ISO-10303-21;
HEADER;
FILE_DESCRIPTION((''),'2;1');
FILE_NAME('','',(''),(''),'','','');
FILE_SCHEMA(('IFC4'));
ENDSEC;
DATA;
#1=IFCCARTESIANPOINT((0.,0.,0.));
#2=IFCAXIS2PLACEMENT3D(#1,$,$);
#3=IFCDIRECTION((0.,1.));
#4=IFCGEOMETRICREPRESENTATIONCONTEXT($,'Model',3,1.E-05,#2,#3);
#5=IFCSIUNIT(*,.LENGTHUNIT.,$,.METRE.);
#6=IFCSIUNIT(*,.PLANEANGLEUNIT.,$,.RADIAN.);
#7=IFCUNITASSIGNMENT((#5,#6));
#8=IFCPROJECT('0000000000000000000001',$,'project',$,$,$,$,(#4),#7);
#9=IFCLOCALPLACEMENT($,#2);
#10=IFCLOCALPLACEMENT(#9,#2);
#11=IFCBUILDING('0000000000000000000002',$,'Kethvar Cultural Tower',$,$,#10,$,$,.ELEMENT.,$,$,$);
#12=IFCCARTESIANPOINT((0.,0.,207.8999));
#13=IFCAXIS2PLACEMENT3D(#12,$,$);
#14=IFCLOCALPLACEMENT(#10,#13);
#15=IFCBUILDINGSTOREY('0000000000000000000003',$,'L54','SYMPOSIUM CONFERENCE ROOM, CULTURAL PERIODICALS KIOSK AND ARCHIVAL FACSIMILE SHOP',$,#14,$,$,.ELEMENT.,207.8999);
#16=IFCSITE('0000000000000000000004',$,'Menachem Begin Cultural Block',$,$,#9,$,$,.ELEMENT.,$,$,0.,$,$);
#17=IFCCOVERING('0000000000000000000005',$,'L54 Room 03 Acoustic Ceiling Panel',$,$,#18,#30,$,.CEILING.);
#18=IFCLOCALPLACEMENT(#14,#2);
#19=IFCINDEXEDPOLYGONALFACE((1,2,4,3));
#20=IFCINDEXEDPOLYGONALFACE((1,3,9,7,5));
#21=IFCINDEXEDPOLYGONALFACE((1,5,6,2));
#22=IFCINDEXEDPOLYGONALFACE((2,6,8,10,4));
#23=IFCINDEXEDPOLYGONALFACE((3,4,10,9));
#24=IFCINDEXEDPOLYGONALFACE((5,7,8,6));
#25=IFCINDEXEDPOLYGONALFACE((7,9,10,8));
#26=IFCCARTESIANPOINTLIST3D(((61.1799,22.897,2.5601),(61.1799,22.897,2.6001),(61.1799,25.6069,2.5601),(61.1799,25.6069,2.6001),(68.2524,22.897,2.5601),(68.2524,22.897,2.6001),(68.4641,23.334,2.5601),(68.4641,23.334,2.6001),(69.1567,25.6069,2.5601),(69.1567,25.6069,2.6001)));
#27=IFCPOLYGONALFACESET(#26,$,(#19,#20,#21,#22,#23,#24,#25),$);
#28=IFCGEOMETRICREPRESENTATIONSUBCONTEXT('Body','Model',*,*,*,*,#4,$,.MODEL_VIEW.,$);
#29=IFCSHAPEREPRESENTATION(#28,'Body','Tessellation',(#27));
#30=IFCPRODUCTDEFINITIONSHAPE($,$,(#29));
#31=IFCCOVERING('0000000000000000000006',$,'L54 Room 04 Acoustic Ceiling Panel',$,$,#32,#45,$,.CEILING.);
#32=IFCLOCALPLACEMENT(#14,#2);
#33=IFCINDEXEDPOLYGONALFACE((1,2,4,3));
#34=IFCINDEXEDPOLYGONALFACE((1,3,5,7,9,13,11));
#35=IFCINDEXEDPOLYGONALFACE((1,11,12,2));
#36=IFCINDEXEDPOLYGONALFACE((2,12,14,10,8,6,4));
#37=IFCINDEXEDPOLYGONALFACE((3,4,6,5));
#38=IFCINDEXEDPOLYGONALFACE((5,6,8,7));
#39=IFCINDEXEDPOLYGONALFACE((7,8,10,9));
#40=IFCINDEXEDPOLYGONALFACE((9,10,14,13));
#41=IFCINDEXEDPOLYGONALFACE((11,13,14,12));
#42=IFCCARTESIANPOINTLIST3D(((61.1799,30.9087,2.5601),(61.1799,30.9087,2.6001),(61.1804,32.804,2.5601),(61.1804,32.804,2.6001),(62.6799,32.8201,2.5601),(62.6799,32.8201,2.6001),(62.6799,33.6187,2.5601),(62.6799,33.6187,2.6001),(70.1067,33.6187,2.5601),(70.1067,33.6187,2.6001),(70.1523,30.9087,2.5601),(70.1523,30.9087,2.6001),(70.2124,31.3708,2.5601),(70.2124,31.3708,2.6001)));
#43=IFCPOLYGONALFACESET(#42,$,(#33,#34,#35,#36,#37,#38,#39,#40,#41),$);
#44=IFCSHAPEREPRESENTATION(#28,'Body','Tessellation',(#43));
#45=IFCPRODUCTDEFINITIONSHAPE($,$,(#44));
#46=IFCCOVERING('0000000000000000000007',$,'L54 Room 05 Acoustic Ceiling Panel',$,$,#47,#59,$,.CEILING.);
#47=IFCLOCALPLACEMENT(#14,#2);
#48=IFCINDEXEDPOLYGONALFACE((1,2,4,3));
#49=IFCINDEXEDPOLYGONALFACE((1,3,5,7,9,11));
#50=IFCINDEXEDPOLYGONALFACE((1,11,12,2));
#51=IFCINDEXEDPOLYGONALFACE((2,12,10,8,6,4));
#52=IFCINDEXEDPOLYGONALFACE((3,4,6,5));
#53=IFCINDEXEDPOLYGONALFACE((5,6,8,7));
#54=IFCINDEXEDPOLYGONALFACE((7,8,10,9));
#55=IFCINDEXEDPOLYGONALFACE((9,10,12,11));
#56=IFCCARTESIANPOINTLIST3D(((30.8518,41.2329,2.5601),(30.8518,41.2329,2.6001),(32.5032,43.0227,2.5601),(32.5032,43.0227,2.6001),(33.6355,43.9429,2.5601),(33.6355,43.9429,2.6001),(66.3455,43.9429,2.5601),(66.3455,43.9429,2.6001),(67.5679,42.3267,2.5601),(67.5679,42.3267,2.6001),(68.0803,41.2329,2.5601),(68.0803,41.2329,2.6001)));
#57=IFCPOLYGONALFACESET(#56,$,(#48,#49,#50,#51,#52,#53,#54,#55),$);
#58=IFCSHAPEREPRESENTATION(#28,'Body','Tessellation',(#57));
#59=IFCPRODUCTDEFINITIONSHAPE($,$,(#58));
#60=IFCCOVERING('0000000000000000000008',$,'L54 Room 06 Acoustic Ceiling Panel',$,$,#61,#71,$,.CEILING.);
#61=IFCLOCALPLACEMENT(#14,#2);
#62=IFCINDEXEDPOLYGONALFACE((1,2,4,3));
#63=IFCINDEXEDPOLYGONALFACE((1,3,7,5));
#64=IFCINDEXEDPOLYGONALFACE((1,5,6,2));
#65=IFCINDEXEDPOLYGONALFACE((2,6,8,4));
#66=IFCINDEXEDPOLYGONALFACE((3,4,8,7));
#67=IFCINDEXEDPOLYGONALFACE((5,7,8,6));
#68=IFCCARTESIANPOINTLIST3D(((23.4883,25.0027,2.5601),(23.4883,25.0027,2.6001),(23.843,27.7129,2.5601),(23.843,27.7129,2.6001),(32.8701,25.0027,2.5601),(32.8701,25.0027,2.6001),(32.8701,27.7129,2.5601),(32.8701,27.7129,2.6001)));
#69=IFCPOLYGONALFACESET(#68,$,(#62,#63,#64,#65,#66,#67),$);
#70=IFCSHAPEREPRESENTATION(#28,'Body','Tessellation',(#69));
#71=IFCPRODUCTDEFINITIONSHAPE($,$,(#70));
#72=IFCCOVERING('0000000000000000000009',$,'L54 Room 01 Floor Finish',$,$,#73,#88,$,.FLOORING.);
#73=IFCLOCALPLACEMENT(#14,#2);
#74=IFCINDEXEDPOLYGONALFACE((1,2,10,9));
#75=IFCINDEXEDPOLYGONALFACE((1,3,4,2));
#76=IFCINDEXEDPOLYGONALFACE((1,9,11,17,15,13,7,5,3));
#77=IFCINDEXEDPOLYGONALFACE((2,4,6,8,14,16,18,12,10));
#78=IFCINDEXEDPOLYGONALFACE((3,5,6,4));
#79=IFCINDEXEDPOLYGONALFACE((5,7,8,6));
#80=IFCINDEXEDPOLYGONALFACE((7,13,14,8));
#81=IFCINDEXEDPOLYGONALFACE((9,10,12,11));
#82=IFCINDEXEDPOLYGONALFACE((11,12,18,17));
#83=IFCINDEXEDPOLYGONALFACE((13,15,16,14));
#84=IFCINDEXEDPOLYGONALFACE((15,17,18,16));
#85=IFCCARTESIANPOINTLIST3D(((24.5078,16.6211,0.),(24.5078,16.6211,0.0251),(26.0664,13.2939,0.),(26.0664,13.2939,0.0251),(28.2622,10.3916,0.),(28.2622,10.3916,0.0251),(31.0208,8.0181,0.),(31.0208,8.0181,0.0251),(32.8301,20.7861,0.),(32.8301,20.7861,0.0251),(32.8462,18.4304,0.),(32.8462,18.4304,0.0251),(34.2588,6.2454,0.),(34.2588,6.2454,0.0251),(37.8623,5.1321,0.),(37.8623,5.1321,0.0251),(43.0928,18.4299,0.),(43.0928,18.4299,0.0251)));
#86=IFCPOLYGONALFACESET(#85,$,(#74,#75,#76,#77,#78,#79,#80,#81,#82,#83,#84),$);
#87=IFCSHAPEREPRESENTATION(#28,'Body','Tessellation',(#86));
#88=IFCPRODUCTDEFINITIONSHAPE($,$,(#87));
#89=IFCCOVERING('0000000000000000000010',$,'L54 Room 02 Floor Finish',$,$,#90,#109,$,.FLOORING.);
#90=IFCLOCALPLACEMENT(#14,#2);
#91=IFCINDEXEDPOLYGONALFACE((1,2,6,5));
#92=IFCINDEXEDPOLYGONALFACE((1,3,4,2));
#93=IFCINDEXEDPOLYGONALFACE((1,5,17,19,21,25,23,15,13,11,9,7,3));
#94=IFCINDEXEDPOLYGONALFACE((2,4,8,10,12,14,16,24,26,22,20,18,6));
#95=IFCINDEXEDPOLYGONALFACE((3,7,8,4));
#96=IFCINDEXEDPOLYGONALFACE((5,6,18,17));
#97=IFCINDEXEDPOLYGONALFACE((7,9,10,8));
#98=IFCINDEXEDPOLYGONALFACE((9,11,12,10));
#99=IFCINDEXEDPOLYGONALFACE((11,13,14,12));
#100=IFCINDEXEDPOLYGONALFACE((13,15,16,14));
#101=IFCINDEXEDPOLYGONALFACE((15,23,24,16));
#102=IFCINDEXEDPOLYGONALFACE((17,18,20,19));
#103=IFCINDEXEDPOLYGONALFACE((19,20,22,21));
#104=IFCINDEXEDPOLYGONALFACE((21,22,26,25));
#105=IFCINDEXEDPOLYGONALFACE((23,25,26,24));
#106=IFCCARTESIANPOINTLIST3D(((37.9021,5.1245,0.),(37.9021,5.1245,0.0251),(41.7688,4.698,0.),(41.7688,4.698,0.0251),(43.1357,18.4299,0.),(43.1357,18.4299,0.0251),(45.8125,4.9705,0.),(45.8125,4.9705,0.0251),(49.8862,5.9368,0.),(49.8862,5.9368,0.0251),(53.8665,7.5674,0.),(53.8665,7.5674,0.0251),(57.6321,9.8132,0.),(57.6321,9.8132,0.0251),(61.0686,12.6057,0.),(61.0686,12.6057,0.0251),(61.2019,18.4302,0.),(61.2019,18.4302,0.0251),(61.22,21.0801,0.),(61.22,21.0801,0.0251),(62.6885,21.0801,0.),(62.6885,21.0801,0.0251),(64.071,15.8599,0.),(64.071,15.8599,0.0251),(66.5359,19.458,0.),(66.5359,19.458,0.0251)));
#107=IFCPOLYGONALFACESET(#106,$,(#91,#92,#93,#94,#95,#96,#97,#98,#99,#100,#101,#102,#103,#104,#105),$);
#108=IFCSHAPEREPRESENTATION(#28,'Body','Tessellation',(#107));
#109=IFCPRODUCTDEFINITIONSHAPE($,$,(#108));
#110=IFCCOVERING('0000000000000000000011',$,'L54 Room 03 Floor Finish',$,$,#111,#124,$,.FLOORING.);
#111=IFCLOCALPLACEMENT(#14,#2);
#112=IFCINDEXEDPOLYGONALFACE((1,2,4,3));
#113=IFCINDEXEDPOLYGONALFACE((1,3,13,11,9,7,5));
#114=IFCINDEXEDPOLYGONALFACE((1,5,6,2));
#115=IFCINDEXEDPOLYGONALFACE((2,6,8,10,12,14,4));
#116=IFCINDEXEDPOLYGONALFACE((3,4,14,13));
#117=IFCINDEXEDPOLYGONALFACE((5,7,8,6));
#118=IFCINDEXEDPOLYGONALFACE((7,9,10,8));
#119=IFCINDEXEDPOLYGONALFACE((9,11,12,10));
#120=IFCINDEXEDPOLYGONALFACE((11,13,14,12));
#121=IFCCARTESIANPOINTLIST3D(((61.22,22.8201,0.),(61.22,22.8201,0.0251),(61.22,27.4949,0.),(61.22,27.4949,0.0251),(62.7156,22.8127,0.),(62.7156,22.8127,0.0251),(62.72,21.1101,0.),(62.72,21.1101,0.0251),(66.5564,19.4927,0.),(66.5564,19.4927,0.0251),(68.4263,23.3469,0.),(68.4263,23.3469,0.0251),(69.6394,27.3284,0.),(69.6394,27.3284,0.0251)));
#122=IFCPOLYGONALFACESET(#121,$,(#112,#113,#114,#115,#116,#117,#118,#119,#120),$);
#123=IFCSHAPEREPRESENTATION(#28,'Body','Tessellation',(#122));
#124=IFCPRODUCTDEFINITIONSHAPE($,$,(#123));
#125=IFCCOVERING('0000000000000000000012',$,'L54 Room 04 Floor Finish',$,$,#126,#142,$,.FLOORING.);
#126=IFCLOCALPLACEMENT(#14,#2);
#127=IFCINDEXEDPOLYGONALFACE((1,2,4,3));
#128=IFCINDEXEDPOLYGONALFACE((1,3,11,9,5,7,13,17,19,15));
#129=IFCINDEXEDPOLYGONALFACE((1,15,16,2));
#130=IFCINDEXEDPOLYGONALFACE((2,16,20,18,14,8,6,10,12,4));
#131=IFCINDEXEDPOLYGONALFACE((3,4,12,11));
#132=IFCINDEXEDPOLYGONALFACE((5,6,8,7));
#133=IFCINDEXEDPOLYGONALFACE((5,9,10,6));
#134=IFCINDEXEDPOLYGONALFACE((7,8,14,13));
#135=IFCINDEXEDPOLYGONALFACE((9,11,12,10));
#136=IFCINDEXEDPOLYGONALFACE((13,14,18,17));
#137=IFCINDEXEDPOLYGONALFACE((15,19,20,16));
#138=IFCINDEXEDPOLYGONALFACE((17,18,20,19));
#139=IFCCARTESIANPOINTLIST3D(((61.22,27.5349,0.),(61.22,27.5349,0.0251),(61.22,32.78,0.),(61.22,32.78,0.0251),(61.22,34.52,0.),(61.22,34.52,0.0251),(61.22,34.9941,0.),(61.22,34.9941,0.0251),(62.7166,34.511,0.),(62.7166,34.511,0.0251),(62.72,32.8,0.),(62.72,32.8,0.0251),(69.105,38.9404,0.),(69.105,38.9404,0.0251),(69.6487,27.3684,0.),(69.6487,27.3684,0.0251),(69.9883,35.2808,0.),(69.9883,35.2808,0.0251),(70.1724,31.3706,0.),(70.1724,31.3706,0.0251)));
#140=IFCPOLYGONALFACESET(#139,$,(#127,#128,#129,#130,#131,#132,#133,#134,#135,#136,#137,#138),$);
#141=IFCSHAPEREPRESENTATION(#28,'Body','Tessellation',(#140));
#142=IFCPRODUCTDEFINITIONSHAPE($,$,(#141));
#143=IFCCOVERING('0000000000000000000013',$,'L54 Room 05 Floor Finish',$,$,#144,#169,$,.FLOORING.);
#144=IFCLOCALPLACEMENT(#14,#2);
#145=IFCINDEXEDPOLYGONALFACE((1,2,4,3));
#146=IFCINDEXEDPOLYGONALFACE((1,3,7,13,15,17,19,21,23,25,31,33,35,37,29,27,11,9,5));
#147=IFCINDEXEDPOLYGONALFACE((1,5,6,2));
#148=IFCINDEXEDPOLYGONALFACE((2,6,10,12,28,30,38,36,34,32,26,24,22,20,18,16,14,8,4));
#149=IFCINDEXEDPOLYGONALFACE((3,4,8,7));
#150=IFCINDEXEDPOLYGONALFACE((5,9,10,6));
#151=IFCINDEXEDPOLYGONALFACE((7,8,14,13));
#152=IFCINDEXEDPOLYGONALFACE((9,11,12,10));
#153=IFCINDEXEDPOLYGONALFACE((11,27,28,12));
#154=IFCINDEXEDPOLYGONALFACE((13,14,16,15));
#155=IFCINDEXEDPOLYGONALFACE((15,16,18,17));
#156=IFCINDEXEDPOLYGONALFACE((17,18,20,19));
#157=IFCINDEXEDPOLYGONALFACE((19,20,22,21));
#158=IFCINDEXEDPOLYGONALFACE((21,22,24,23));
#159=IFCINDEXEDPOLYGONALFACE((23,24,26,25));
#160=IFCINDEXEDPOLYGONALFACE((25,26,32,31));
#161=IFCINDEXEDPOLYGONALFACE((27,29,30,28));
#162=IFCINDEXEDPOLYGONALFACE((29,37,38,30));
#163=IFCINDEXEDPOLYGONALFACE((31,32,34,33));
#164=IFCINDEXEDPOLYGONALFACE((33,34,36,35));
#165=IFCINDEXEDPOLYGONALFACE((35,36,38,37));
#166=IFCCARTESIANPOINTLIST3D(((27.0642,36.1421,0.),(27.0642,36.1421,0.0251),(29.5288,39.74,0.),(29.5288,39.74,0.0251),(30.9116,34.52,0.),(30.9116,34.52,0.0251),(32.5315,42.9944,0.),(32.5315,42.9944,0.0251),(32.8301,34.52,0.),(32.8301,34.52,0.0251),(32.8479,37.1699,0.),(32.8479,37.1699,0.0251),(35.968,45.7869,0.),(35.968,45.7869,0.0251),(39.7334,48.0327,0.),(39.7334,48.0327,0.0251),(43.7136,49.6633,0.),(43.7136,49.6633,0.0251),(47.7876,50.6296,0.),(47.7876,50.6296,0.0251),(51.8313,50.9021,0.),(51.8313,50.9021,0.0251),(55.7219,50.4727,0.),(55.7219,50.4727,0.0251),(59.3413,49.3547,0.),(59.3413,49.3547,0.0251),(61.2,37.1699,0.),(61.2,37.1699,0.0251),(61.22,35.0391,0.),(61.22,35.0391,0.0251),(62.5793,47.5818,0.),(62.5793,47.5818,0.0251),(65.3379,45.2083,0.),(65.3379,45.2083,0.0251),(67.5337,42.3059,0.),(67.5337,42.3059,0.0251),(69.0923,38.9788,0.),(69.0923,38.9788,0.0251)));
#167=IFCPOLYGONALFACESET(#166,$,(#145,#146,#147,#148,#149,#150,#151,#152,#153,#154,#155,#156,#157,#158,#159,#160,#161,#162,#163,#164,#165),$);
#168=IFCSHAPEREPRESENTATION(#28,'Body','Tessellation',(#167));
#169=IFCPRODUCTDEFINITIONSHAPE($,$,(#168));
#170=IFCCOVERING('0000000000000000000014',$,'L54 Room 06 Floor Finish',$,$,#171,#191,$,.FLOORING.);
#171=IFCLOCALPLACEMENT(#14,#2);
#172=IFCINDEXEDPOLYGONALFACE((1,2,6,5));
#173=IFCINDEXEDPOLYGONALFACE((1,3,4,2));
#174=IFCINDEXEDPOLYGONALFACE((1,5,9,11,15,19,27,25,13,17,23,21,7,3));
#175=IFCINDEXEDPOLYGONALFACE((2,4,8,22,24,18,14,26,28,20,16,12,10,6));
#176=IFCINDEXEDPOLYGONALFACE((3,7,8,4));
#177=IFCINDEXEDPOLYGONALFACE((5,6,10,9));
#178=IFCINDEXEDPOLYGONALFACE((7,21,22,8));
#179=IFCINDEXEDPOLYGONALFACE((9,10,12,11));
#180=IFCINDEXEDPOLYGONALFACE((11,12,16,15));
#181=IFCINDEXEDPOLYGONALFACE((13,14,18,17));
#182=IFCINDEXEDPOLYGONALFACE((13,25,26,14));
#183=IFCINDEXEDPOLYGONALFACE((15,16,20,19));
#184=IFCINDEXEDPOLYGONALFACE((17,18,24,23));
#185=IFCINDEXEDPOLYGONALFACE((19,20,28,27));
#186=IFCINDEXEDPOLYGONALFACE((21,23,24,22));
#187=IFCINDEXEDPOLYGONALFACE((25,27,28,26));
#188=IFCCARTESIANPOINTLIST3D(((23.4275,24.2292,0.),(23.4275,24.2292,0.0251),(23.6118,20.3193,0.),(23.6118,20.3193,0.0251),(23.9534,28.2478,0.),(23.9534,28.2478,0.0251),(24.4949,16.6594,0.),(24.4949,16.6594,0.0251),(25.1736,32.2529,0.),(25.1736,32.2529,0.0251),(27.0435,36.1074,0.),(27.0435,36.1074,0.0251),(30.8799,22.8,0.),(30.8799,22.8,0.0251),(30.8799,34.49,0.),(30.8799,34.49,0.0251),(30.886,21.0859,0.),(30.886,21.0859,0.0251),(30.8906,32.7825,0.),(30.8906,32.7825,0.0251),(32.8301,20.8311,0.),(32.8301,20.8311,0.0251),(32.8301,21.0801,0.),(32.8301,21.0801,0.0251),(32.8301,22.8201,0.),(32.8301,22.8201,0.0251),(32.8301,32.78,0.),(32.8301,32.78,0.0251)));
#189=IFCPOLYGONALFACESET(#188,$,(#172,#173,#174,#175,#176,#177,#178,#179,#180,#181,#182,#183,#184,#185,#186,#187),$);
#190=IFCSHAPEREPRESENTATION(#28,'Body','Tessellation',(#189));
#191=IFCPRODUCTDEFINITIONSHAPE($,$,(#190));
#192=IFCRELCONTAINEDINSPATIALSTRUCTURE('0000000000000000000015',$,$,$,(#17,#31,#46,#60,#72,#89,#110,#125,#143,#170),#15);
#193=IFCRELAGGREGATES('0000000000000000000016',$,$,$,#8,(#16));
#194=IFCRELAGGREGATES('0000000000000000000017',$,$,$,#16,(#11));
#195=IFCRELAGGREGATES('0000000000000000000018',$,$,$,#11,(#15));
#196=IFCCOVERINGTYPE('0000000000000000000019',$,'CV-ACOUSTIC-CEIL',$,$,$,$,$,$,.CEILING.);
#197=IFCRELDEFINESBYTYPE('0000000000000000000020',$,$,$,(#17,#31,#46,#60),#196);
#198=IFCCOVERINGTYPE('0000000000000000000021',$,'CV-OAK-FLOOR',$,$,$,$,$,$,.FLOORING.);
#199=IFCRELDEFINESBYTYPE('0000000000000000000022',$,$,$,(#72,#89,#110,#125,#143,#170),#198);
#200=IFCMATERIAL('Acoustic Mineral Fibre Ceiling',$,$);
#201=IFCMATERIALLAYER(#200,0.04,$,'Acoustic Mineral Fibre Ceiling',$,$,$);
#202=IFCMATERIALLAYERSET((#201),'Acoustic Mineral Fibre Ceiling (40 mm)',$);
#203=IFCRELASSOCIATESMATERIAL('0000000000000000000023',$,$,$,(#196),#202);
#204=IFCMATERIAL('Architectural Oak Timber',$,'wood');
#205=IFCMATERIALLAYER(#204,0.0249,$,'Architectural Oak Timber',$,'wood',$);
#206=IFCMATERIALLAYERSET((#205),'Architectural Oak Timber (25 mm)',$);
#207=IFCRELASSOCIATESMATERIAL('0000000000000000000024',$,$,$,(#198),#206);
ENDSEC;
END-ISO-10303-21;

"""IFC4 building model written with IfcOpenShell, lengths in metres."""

from ifc_helpers import new_model, si_unit, direction, frame, origin, place, context, subcontext, project, spatial, polyline, outline, extrude, material, layer, layer_set, type_object, element, save


model = new_model("IFC4")

# Units and contexts
model_context = context("Model", 3, precision=1e-05, world=origin(), true_north=direction((0.0, 1.0)))
body_context = subcontext(model_context, "Body", "Model", "MODEL_VIEW")
ifc_project = project(units=[si_unit("LENGTHUNIT", "METRE"), si_unit("PLANEANGLEUNIT", "RADIAN")], contexts=[model_context])

# Site, building, storey
site_placement = place(None, origin())
site = spatial("IfcSite", under=ifc_project, at=site_placement, Name="Menachem Begin Cultural Block", CompositionType="ELEMENT", RefElevation=0.0)
building_placement = place(site_placement, origin())
building = spatial("IfcBuilding", under=site, at=building_placement, Name="Kethvar Cultural Tower", CompositionType="ELEMENT")
storey_placement = place(building_placement, frame((0.0, 0.0, 207.8999)))
storey = spatial("IfcBuildingStorey", under=building, at=storey_placement, Name="L54", Description="SYMPOSIUM CONFERENCE ROOM, CULTURAL PERIODICALS KIOSK AND ARCHIVAL FACSIMILE SHOP", CompositionType="ELEMENT", Elevation=207.8999)

# Coverings
ifc_material_1 = material(Name="Acoustic Mineral Fibre Ceiling")
ifc_layer_1 = layer(ifc_material_1, 0.04, Name="Acoustic Mineral Fibre Ceiling")
ifc_layer_set_1 = layer_set([ifc_layer_1], Name="Acoustic Mineral Fibre Ceiling (40 mm)")
covering_type_1 = type_object("IfcCoveringType", Name="CV-ACOUSTIC-CEIL", PredefinedType="CEILING", material=ifc_layer_set_1)
covering_1_placement = place(storey_placement, frame((0.0, 0.0, 2.5601)))
element("IfcCovering", 1, at=covering_1_placement, inside=storey, type_object=covering_type_1, Name="L54 Room 03 Acoustic Ceiling Panel", PredefinedType="CEILING", context=body_context, shape_type="SweptSolid", body=[
    extrude(outline(polyline([(61.1799, 25.6069), (69.1567, 25.6069), (68.4641, 23.334), (68.2524, 22.897), (61.1799, 22.897), (61.1799, 25.6069)])), origin(), (0.0, 0.0, 1.0), 0.04),
])
covering_2_placement = place(storey_placement, frame((0.0, 0.0, 2.5601)))
element("IfcCovering", 2, at=covering_2_placement, inside=storey, type_object=covering_type_1, Name="L54 Room 04 Acoustic Ceiling Panel", PredefinedType="CEILING", context=body_context, shape_type="SweptSolid", body=[
    extrude(outline(polyline([(70.2124, 31.3708), (70.1523, 30.9087), (61.1799, 30.9087), (61.1804, 32.804), (62.6799, 32.8201), (62.6799, 33.6187), (70.1067, 33.6187), (70.2124, 31.3708)])), origin(), (0.0, 0.0, 1.0), 0.04),
])
covering_3_placement = place(storey_placement, frame((0.0, 0.0, 2.5601)))
element("IfcCovering", 3, at=covering_3_placement, inside=storey, type_object=covering_type_1, Name="L54 Room 05 Acoustic Ceiling Panel", PredefinedType="CEILING", context=body_context, shape_type="SweptSolid", body=[
    extrude(outline(polyline([(32.5032, 43.0227), (33.6355, 43.9429), (66.3455, 43.9429), (67.5679, 42.3267), (68.0803, 41.2329), (30.8518, 41.2329), (32.5032, 43.0227)])), origin(), (0.0, 0.0, 1.0), 0.04),
])
covering_4_placement = place(storey_placement, frame((0.0, 0.0, 2.5601)))
element("IfcCovering", 4, at=covering_4_placement, inside=storey, type_object=covering_type_1, Name="L54 Room 06 Acoustic Ceiling Panel", PredefinedType="CEILING", context=body_context, shape_type="SweptSolid", body=[
    extrude(outline(polyline([(23.843, 27.7129), (32.8701, 27.7129), (32.8701, 25.0027), (23.4883, 25.0027), (23.843, 27.7129)])), origin(), (0.0, 0.0, 1.0), 0.04),
])
ifc_material_2 = material(Name="Architectural Oak Timber", Category="wood")
ifc_layer_2 = layer(ifc_material_2, 0.0249, Name="Architectural Oak Timber", Category="wood")
ifc_layer_set_2 = layer_set([ifc_layer_2], Name="Architectural Oak Timber (25 mm)")
covering_type_2 = type_object("IfcCoveringType", Name="CV-OAK-FLOOR", PredefinedType="FLOORING", material=ifc_layer_set_2)
covering_5_placement = place(storey_placement, origin())
element("IfcCovering", 5, at=covering_5_placement, inside=storey, type_object=covering_type_2, Name="L54 Room 01 Floor Finish", PredefinedType="FLOORING", context=body_context, shape_type="SweptSolid", body=[
    extrude(outline(polyline([(34.2588, 6.2454), (31.0208, 8.0181), (28.2622, 10.3916), (26.0664, 13.2939), (24.5078, 16.6211), (32.8301, 20.7861), (32.8462, 18.4304), (43.0928, 18.4299), (37.8623, 5.1321), (34.2588, 6.2454)])), origin(), (0.0, 0.0, 1.0), 0.0251),
])
covering_6_placement = place(storey_placement, origin())
element("IfcCovering", 6, at=covering_6_placement, inside=storey, type_object=covering_type_2, Name="L54 Room 02 Floor Finish", PredefinedType="FLOORING", context=body_context, shape_type="SweptSolid", body=[
    extrude(outline(polyline([(64.071, 15.8599), (61.0686, 12.6057), (57.6321, 9.8132), (53.8665, 7.5674), (49.8862, 5.9368), (45.8125, 4.9705), (41.7688, 4.698), (37.9021, 5.1245), (43.1357, 18.4299), (61.2019, 18.4302), (61.22, 21.0801), (62.6885, 21.0801), (66.5359, 19.458), (64.071, 15.8599)])), origin(), (0.0, 0.0, 1.0), 0.0251),
])
covering_7_placement = place(storey_placement, origin())
element("IfcCovering", 7, at=covering_7_placement, inside=storey, type_object=covering_type_2, Name="L54 Room 03 Floor Finish", PredefinedType="FLOORING", context=body_context, shape_type="SweptSolid", body=[
    extrude(outline(polyline([(62.72, 21.1101), (62.7156, 22.8127), (61.22, 22.8201), (61.22, 27.4949), (69.6394, 27.3284), (68.4263, 23.3469), (66.5564, 19.4927), (62.72, 21.1101)])), origin(), (0.0, 0.0, 1.0), 0.0251),
])
covering_8_placement = place(storey_placement, origin())
element("IfcCovering", 8, at=covering_8_placement, inside=storey, type_object=covering_type_2, Name="L54 Room 04 Floor Finish", PredefinedType="FLOORING", context=body_context, shape_type="SweptSolid", body=[
    extrude(outline(polyline([(69.9883, 35.2808), (70.1724, 31.3706), (69.6487, 27.3684), (61.22, 27.5349), (61.22, 32.78), (62.72, 32.8), (62.7166, 34.511), (61.22, 34.52), (61.22, 34.9941), (69.105, 38.9404), (69.9883, 35.2808)])), origin(), (0.0, 0.0, 1.0), 0.0251),
])
covering_9_placement = place(storey_placement, origin())
element("IfcCovering", 9, at=covering_9_placement, inside=storey, type_object=covering_type_2, Name="L54 Room 05 Floor Finish", PredefinedType="FLOORING", context=body_context, shape_type="SweptSolid", body=[
    extrude(outline(polyline([(69.0923, 38.9788), (61.22, 35.0391), (61.2, 37.1699), (32.8479, 37.1699), (32.8301, 34.52), (30.9116, 34.52), (27.0642, 36.1421), (29.5288, 39.74), (32.5315, 42.9944), (35.968, 45.7869), (39.7334, 48.0327), (43.7136, 49.6633), (47.7876, 50.6296), (51.8313, 50.9021), (55.7219, 50.4727), (59.3413, 49.3547), (62.5793, 47.5818), (65.3379, 45.2083), (67.5337, 42.3059), (69.0923, 38.9788)])), origin(), (0.0, 0.0, 1.0), 0.0251),
])
covering_10_placement = place(storey_placement, origin())
element("IfcCovering", 10, at=covering_10_placement, inside=storey, type_object=covering_type_2, Name="L54 Room 06 Floor Finish", PredefinedType="FLOORING", context=body_context, shape_type="SweptSolid", body=[
    extrude(outline(polyline([(23.6118, 20.3193), (23.4275, 24.2292), (23.9534, 28.2478), (25.1736, 32.2529), (27.0435, 36.1074), (30.8799, 34.49), (30.8906, 32.7825), (32.8301, 32.78), (32.8301, 22.8201), (30.8799, 22.8), (30.886, 21.0859), (32.8301, 21.0801), (32.8301, 20.8311), (24.4949, 16.6594), (23.6118, 20.3193)])), origin(), (0.0, 0.0, 1.0), 0.0251),
])

save(model, "model.ifc")
